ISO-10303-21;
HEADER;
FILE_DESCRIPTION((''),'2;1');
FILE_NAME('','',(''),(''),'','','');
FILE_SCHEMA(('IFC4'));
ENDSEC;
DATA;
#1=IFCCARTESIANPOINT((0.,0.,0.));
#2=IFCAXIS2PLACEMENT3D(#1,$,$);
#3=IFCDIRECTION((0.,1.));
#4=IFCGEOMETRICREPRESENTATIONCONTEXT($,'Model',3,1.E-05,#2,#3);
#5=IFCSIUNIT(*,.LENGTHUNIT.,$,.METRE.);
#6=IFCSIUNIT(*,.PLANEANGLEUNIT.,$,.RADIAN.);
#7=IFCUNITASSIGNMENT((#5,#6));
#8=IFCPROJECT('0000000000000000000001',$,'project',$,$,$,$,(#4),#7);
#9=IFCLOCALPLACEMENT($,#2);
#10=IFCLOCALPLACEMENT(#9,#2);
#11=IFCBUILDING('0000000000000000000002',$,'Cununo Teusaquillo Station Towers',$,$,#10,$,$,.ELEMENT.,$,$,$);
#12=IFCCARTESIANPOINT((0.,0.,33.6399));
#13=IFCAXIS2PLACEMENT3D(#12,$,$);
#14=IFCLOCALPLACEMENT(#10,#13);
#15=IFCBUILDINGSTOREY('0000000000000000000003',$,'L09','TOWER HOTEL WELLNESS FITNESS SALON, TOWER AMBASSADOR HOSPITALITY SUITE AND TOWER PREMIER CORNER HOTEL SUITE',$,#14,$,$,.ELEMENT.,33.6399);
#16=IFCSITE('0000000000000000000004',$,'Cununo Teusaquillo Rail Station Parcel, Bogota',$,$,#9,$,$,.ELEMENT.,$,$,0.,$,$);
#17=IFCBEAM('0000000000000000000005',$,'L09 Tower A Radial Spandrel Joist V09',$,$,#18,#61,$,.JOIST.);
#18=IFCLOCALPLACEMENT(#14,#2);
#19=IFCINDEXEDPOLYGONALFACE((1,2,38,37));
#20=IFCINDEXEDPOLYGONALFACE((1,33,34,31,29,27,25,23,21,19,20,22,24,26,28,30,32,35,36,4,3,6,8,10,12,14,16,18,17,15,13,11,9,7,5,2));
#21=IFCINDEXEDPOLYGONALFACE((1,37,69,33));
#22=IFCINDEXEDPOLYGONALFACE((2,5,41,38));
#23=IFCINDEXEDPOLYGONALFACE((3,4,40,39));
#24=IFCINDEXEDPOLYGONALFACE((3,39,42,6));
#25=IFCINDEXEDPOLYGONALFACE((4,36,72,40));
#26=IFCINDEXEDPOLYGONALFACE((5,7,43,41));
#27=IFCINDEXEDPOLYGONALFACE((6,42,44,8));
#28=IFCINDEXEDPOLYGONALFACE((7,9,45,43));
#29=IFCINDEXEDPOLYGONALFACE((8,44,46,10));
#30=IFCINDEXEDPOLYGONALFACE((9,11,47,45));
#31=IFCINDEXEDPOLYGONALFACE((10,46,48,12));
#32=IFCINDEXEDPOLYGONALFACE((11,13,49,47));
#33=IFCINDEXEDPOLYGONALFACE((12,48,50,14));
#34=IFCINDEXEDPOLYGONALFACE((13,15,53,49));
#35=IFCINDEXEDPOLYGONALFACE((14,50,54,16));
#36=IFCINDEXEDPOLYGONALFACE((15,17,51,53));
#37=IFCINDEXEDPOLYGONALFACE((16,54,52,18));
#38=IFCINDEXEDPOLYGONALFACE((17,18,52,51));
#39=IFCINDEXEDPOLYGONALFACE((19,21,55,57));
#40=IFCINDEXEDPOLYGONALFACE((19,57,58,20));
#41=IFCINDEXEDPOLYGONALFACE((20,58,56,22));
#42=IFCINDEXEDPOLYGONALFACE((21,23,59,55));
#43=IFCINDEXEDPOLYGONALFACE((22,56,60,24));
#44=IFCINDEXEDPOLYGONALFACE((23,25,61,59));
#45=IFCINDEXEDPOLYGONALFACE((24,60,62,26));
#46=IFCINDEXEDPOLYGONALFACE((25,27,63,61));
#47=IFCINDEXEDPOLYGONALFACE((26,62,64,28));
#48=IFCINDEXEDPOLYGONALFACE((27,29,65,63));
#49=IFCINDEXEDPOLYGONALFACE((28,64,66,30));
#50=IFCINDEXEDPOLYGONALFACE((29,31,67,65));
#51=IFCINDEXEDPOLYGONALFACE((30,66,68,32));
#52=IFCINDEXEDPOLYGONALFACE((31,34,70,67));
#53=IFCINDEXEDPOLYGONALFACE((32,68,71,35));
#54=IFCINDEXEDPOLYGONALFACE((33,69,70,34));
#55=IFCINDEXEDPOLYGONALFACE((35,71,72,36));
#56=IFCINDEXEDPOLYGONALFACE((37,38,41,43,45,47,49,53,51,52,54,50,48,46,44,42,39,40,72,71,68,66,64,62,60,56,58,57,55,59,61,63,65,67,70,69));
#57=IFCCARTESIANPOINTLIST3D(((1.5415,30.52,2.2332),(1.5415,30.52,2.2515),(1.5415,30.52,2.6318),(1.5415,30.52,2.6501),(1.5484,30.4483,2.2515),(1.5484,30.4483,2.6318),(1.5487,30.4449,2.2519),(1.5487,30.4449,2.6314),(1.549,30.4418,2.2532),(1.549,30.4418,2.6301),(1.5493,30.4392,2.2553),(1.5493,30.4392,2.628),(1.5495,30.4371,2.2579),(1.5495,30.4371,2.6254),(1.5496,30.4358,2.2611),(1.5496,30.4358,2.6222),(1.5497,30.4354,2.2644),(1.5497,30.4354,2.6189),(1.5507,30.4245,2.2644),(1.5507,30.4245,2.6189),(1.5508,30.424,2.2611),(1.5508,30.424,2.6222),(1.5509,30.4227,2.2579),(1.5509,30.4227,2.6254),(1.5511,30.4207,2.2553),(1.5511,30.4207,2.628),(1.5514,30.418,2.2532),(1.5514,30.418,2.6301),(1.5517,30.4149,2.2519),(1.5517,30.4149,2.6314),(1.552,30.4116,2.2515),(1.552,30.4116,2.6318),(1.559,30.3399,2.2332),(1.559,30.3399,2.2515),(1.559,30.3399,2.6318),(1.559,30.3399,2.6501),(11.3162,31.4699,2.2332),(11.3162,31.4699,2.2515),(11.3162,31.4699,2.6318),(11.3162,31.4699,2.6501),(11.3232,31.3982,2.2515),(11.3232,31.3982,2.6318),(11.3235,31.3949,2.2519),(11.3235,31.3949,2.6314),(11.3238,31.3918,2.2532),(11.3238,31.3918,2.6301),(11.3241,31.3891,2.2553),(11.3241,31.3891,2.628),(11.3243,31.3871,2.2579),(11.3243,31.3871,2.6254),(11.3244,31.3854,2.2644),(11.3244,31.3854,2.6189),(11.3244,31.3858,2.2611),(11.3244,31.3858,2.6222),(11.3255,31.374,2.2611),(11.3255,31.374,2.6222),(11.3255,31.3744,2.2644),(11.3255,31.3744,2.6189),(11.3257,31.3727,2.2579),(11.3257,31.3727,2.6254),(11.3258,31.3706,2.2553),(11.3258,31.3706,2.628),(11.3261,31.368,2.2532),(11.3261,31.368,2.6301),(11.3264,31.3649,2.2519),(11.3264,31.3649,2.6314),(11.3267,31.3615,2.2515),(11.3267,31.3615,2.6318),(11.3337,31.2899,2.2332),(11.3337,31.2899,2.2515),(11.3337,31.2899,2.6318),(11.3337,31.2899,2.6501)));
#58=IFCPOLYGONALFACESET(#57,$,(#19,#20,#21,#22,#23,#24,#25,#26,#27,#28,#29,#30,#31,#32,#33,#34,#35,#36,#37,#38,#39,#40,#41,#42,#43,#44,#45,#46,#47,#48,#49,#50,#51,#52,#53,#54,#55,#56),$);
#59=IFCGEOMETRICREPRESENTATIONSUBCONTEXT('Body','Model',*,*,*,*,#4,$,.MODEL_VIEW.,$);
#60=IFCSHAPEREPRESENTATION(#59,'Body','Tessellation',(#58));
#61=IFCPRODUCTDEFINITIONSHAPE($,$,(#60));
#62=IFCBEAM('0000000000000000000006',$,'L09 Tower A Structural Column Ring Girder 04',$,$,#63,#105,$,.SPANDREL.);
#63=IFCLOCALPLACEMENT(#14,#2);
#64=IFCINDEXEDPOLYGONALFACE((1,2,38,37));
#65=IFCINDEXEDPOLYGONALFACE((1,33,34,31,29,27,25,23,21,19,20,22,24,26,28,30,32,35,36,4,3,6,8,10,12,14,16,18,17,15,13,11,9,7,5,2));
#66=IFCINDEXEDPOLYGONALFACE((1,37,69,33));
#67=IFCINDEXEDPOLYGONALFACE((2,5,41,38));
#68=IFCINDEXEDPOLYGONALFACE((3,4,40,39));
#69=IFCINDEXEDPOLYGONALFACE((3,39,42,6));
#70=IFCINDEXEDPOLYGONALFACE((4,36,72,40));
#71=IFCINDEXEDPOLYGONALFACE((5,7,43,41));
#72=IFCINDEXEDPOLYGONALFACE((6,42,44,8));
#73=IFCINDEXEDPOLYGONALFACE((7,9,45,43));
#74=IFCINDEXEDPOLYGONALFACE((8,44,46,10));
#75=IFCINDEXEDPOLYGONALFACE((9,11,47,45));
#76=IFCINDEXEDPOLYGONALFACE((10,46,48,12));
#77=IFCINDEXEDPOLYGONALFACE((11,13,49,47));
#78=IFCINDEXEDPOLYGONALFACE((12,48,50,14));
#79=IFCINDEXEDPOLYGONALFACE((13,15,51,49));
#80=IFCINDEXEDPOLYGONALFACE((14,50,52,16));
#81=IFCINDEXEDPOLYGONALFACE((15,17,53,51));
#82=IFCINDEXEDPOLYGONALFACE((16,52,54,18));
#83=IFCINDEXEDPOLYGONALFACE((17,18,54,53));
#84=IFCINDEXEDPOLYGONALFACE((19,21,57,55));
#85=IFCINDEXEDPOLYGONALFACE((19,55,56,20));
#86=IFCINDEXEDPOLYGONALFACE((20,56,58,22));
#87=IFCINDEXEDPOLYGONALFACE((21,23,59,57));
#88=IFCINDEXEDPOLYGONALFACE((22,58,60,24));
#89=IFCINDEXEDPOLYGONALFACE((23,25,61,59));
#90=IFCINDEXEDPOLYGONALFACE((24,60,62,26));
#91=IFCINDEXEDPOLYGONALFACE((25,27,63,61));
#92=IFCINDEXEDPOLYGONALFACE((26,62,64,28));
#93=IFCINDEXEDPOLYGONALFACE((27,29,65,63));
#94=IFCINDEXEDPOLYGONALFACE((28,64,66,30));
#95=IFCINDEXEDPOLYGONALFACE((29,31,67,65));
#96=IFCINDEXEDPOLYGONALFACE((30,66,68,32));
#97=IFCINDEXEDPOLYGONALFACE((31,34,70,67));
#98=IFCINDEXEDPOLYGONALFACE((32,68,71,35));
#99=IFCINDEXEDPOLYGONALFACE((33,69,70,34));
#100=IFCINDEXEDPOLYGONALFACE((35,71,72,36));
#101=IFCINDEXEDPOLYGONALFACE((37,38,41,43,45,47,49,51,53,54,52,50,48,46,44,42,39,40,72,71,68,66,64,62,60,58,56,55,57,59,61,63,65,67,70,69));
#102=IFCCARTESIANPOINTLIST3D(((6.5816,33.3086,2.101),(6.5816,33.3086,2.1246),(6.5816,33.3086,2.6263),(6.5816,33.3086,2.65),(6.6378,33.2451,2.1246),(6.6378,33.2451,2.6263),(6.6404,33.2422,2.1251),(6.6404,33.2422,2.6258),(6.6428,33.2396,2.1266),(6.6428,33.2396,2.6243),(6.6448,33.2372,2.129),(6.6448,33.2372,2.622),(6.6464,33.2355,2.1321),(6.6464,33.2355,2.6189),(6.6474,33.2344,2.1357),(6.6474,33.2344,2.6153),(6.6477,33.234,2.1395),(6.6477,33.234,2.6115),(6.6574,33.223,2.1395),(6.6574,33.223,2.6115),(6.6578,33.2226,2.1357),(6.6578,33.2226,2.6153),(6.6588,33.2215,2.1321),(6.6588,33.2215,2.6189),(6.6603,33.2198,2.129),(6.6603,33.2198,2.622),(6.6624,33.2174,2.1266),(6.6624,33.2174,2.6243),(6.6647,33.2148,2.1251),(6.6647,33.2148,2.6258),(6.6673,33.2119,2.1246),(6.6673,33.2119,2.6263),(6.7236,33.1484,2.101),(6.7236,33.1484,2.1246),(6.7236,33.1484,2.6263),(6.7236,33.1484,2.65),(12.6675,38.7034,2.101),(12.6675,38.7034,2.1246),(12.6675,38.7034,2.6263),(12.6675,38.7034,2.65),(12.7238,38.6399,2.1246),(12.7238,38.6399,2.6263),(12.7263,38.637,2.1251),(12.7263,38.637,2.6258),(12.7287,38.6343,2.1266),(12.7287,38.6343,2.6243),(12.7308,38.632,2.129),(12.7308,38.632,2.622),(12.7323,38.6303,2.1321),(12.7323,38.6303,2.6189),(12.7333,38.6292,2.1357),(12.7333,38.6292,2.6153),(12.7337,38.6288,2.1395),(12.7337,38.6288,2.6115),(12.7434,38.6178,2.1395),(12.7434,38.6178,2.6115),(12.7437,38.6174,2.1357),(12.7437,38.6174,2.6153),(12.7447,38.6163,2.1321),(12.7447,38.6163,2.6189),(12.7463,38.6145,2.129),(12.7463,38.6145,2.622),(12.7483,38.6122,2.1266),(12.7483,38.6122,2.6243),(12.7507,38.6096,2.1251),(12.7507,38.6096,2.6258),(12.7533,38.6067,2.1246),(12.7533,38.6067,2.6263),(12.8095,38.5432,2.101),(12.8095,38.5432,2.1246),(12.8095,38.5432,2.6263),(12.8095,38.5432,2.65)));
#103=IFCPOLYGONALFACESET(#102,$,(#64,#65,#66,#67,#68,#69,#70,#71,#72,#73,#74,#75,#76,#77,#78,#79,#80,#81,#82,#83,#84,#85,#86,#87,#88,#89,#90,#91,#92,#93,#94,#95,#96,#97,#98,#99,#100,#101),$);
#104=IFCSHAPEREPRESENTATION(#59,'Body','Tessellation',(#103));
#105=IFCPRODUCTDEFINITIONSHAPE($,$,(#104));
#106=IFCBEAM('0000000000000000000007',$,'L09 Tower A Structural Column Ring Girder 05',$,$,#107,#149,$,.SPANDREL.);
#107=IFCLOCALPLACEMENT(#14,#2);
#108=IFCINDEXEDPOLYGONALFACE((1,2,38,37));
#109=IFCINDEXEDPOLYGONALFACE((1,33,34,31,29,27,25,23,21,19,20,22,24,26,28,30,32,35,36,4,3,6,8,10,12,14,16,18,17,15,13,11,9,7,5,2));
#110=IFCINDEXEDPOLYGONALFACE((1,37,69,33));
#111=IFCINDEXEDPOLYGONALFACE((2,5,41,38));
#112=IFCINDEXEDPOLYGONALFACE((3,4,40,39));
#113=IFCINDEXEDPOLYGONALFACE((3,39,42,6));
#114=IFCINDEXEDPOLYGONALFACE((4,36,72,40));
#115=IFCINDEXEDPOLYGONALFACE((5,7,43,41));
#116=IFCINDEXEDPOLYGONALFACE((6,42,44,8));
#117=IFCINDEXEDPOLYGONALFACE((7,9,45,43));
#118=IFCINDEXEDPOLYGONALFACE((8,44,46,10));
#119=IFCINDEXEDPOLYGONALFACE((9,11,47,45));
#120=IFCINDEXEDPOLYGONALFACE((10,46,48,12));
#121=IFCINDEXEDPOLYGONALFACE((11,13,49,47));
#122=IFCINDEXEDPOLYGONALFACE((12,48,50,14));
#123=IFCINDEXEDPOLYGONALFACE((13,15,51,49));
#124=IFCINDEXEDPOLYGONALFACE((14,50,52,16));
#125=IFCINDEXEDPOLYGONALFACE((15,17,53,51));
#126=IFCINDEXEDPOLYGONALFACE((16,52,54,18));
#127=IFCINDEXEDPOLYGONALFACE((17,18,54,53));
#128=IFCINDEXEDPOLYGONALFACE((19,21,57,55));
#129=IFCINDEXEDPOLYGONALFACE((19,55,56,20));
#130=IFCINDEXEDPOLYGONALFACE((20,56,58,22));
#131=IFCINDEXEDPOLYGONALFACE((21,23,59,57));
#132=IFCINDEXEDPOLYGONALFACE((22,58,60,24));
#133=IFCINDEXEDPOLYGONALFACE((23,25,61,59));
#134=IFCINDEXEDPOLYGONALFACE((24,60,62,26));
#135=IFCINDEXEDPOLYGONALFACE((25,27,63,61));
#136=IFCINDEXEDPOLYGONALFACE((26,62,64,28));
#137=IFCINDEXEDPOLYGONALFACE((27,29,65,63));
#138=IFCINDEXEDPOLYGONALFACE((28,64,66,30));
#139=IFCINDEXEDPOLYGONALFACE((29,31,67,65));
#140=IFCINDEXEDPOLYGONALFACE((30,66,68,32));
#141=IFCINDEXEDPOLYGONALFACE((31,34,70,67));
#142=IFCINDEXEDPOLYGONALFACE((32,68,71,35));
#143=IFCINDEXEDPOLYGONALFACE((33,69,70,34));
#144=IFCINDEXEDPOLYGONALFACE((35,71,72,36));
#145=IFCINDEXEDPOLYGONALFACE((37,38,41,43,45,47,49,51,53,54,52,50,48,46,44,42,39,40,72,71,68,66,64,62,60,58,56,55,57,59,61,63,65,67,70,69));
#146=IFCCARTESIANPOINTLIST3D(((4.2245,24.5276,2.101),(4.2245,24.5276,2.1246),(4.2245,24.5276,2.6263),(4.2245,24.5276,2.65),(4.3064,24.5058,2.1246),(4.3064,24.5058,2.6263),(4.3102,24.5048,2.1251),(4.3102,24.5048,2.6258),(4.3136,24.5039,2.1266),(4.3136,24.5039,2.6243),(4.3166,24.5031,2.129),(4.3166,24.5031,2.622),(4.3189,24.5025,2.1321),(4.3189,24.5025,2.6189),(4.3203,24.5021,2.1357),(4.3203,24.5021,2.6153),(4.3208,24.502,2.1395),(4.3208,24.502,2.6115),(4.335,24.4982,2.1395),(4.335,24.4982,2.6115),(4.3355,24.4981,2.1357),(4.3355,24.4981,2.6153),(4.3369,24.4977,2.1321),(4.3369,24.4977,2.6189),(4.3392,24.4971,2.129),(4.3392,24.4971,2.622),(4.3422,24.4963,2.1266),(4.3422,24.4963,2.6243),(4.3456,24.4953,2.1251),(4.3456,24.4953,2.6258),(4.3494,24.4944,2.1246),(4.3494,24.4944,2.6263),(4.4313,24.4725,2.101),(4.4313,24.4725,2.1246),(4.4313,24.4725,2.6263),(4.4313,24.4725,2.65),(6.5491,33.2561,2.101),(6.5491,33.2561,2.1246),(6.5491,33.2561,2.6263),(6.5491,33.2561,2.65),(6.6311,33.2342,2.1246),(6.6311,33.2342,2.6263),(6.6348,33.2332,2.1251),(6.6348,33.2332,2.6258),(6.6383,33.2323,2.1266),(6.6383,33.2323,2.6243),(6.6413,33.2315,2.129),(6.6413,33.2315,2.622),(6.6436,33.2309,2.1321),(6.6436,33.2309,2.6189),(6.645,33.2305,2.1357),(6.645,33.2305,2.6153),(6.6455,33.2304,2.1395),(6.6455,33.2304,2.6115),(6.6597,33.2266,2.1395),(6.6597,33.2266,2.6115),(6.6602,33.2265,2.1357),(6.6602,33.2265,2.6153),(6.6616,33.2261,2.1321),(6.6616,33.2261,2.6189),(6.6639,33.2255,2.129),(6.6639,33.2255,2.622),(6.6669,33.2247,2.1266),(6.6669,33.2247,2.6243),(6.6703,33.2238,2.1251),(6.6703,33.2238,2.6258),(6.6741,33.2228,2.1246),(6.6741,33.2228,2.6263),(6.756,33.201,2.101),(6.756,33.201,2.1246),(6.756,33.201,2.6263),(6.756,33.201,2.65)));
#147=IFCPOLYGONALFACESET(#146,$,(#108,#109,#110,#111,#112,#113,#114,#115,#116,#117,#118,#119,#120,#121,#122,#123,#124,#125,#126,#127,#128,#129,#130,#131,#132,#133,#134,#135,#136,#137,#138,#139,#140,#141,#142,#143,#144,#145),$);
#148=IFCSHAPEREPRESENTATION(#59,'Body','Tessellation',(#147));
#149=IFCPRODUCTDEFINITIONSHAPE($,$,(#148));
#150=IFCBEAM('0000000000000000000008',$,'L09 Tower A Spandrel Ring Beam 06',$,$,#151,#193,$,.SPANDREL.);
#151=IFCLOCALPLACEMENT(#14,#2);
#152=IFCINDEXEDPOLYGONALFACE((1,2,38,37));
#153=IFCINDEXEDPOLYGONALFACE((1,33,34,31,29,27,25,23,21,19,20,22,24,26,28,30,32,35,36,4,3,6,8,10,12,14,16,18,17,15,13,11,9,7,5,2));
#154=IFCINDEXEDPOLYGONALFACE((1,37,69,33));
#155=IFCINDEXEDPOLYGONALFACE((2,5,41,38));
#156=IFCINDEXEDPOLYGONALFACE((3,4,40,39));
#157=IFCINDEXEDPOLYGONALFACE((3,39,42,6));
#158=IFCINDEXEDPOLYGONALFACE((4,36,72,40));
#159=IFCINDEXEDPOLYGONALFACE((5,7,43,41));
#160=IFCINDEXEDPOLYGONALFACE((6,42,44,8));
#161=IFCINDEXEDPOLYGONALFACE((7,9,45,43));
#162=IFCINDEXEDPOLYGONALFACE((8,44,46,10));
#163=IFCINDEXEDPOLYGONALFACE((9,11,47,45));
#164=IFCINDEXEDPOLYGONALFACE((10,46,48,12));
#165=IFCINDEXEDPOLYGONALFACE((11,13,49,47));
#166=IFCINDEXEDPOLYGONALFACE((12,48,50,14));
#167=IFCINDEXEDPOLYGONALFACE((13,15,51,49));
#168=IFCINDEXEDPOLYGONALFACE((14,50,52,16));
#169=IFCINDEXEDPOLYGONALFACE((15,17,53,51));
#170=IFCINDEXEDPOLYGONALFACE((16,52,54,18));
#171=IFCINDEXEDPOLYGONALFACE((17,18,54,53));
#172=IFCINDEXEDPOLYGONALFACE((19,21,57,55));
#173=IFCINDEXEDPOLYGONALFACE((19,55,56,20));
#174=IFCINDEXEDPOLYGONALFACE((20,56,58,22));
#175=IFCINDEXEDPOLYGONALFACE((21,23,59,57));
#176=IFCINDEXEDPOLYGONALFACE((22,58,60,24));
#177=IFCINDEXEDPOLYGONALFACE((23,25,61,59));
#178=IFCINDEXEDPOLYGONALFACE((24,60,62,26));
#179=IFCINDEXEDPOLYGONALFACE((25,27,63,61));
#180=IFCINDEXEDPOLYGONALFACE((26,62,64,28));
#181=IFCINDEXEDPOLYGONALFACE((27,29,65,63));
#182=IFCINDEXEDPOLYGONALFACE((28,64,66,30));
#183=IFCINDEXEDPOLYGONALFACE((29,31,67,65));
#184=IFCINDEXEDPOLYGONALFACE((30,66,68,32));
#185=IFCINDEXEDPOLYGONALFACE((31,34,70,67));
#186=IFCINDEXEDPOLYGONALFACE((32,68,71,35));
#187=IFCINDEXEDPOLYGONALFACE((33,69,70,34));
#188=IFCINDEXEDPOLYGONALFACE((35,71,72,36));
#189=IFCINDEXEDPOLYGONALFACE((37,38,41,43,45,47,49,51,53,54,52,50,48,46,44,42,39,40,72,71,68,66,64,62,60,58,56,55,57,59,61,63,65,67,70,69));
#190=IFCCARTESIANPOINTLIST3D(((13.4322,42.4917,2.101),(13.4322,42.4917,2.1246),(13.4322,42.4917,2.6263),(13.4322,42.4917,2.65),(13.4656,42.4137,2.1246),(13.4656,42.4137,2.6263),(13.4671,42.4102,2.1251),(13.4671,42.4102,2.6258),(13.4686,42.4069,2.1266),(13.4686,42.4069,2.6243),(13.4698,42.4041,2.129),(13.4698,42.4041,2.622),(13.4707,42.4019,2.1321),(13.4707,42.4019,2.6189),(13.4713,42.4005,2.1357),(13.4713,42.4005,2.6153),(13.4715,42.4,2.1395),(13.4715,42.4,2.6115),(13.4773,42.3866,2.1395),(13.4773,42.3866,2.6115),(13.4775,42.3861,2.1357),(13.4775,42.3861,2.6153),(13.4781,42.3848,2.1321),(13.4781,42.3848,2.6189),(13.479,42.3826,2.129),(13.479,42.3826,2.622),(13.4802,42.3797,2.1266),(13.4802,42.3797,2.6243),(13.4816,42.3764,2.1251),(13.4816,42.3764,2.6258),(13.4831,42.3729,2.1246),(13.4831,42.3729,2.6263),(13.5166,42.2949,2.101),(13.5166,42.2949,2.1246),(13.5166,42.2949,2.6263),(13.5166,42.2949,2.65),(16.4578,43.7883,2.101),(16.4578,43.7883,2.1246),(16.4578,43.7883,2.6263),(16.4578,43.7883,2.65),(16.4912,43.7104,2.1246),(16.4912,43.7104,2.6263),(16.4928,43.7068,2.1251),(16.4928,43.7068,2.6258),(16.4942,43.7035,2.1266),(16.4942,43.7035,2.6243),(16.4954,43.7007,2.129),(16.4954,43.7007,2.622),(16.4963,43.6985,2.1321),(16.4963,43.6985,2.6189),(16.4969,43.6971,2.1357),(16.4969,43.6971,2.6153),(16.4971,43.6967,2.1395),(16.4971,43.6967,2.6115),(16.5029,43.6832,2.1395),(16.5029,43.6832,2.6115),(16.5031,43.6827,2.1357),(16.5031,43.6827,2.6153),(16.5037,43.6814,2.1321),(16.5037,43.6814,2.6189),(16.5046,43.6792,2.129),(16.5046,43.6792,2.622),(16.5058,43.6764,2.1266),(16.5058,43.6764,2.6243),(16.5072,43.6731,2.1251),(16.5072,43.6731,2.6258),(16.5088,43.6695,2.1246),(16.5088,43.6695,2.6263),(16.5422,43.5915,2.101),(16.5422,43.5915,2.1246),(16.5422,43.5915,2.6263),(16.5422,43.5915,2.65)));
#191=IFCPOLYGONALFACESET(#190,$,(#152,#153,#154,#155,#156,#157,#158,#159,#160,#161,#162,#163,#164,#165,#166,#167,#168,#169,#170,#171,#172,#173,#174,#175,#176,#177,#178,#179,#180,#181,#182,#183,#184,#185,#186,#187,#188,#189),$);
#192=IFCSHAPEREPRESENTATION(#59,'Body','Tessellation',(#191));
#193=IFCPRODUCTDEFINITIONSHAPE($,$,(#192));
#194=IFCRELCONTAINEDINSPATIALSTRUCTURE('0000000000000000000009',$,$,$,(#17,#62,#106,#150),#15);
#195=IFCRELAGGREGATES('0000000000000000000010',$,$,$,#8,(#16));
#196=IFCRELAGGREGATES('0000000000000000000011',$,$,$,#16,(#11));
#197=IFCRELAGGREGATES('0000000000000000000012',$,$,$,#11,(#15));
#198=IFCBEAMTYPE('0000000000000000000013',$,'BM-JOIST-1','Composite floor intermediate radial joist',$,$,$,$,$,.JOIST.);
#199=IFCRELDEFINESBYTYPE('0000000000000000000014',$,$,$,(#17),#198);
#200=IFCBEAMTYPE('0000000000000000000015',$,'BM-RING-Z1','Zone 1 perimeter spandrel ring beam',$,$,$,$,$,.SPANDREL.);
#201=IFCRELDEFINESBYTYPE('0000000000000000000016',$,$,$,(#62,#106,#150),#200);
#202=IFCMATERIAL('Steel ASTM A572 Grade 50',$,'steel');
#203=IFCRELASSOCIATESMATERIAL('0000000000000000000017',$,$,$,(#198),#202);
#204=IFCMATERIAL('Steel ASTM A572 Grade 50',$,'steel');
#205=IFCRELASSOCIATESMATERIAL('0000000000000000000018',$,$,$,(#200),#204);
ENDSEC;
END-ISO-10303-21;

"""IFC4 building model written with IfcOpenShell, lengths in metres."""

from ifc_helpers import new_model, si_unit, direction, frame, origin, origin_2d, place, context, subcontext, project, spatial, i_section, extrude, material, material_profile, profile_set, type_object, element, save


model = new_model("IFC4")

# Units and contexts
model_context = context("Model", 3, precision=1e-05, world=origin(), true_north=direction((0.0, 1.0)))
body_context = subcontext(model_context, "Body", "Model", "MODEL_VIEW")
ifc_project = project(units=[si_unit("LENGTHUNIT", "METRE"), si_unit("PLANEANGLEUNIT", "RADIAN")], contexts=[model_context])

# Site, building, storey
site_placement = place(None, origin())
site = spatial("IfcSite", under=ifc_project, at=site_placement, Name="Cununo Teusaquillo Rail Station Parcel, Bogota", CompositionType="ELEMENT", RefElevation=0.0)
building_placement = place(site_placement, origin())
building = spatial("IfcBuilding", under=site, at=building_placement, Name="Cununo Teusaquillo Station Towers", CompositionType="ELEMENT")
storey_placement = place(building_placement, frame((0.0, 0.0, 33.6399)))
storey = spatial("IfcBuildingStorey", under=building, at=storey_placement, Name="L09", Description="TOWER HOTEL WELLNESS FITNESS SALON, TOWER AMBASSADOR HOSPITALITY SUITE AND TOWER PREMIER CORNER HOTEL SUITE", CompositionType="ELEMENT", Elevation=33.6399)

# Beams
ifc_material_1 = material(Name="Steel ASTM A572 Grade 50", Category="steel")
ifc_material_profile_1 = material_profile(ifc_material_1, i_section(OverallWidth=0.1809, OverallDepth=0.417, WebThickness=0.011, FlangeThickness=0.0183, FilletRadius=0.0129, at=origin_2d()), Name="W16X57")
ifc_profile_set_1 = profile_set([ifc_material_profile_1], Name="Steel ASTM A572 Grade 50")
beam_type_1 = type_object("IfcBeamType", Name="BM-JOIST-1", Description="Composite floor intermediate radial joist", PredefinedType="JOIST", material=ifc_profile_set_1)
beam_1_placement = place(storey_placement, frame((11.325, 31.3799, 2.4417), z_axis=(-0.995311, -0.096729, 0.0), x_axis=(0.096729, -0.995311, 0.0)))
element("IfcBeam", 1, at=beam_1_placement, inside=storey, type_object=beam_type_1, Name="L09 Tower A Radial Spandrel Joist V09", PredefinedType="JOIST", context=body_context, shape_type="SweptSolid", body=[
    extrude(i_section(OverallWidth=0.1809, OverallDepth=0.417, WebThickness=0.011, FlangeThickness=0.0183, FilletRadius=0.0129, at=origin_2d()), origin(), (0.0, 0.0, 1.0), 9.8208),
])
ifc_material_2 = material(Name="Steel ASTM A572 Grade 50", Category="steel")
ifc_material_profile_2 = material_profile(ifc_material_2, i_section(OverallWidth=0.2141, OverallDepth=0.5491, WebThickness=0.0146, FlangeThickness=0.0237, FilletRadius=0.0149, at=origin_2d()), Name="W21X93")
ifc_profile_set_2 = profile_set([ifc_material_profile_2], Name="Steel ASTM A572 Grade 50")
beam_type_2 = type_object("IfcBeamType", Name="BM-RING-Z1", Description="Zone 1 perimeter spandrel ring beam", PredefinedType="SPANDREL", material=ifc_profile_set_2)
beam_2_placement = place(storey_placement, frame((12.7385, 38.6233, 2.3755), z_axis=(-0.748321, -0.663337, 0.0), x_axis=(0.663337, -0.748321, 0.0)))
element("IfcBeam", 2, at=beam_2_placement, inside=storey, type_object=beam_type_2, Name="L09 Tower A Structural Column Ring Girder 04", PredefinedType="SPANDREL", context=body_context, shape_type="SweptSolid", body=[
    extrude(i_section(OverallWidth=0.2141, OverallDepth=0.5491, WebThickness=0.0146, FlangeThickness=0.0237, FilletRadius=0.0149, at=origin_2d()), origin(), (0.0, 0.0, 1.0), 8.1328),
])
beam_3_placement = place(storey_placement, frame((6.6526, 33.2285, 2.3755), z_axis=(-0.257363, -0.966315, 0.0), x_axis=(0.966315, -0.257363, 0.0)))
element("IfcBeam", 3, at=beam_3_placement, inside=storey, type_object=beam_type_2, Name="L09 Tower A Structural Column Ring Girder 05", PredefinedType="SPANDREL", context=body_context, shape_type="SweptSolid", body=[
    extrude(i_section(OverallWidth=0.2141, OverallDepth=0.5491, WebThickness=0.0146, FlangeThickness=0.0237, FilletRadius=0.0149, at=origin_2d()), origin(), (0.0, 0.0, 1.0), 9.0327),
])
beam_4_placement = place(storey_placement, frame((16.5, 43.6899, 2.3755), z_axis=(-0.919153, -0.393901, 0.0), x_axis=(0.393901, -0.919153, 0.0)))
element("IfcBeam", 4, at=beam_4_placement, inside=storey, type_object=beam_type_2, Name="L09 Tower A Spandrel Ring Beam 06", PredefinedType="SPANDREL", context=body_context, shape_type="SweptSolid", body=[
    extrude(i_section(OverallWidth=0.2141, OverallDepth=0.5491, WebThickness=0.0146, FlangeThickness=0.0237, FilletRadius=0.0149, at=origin_2d()), origin(), (0.0, 0.0, 1.0), 3.2917),
])

save(model, "model.ifc")
